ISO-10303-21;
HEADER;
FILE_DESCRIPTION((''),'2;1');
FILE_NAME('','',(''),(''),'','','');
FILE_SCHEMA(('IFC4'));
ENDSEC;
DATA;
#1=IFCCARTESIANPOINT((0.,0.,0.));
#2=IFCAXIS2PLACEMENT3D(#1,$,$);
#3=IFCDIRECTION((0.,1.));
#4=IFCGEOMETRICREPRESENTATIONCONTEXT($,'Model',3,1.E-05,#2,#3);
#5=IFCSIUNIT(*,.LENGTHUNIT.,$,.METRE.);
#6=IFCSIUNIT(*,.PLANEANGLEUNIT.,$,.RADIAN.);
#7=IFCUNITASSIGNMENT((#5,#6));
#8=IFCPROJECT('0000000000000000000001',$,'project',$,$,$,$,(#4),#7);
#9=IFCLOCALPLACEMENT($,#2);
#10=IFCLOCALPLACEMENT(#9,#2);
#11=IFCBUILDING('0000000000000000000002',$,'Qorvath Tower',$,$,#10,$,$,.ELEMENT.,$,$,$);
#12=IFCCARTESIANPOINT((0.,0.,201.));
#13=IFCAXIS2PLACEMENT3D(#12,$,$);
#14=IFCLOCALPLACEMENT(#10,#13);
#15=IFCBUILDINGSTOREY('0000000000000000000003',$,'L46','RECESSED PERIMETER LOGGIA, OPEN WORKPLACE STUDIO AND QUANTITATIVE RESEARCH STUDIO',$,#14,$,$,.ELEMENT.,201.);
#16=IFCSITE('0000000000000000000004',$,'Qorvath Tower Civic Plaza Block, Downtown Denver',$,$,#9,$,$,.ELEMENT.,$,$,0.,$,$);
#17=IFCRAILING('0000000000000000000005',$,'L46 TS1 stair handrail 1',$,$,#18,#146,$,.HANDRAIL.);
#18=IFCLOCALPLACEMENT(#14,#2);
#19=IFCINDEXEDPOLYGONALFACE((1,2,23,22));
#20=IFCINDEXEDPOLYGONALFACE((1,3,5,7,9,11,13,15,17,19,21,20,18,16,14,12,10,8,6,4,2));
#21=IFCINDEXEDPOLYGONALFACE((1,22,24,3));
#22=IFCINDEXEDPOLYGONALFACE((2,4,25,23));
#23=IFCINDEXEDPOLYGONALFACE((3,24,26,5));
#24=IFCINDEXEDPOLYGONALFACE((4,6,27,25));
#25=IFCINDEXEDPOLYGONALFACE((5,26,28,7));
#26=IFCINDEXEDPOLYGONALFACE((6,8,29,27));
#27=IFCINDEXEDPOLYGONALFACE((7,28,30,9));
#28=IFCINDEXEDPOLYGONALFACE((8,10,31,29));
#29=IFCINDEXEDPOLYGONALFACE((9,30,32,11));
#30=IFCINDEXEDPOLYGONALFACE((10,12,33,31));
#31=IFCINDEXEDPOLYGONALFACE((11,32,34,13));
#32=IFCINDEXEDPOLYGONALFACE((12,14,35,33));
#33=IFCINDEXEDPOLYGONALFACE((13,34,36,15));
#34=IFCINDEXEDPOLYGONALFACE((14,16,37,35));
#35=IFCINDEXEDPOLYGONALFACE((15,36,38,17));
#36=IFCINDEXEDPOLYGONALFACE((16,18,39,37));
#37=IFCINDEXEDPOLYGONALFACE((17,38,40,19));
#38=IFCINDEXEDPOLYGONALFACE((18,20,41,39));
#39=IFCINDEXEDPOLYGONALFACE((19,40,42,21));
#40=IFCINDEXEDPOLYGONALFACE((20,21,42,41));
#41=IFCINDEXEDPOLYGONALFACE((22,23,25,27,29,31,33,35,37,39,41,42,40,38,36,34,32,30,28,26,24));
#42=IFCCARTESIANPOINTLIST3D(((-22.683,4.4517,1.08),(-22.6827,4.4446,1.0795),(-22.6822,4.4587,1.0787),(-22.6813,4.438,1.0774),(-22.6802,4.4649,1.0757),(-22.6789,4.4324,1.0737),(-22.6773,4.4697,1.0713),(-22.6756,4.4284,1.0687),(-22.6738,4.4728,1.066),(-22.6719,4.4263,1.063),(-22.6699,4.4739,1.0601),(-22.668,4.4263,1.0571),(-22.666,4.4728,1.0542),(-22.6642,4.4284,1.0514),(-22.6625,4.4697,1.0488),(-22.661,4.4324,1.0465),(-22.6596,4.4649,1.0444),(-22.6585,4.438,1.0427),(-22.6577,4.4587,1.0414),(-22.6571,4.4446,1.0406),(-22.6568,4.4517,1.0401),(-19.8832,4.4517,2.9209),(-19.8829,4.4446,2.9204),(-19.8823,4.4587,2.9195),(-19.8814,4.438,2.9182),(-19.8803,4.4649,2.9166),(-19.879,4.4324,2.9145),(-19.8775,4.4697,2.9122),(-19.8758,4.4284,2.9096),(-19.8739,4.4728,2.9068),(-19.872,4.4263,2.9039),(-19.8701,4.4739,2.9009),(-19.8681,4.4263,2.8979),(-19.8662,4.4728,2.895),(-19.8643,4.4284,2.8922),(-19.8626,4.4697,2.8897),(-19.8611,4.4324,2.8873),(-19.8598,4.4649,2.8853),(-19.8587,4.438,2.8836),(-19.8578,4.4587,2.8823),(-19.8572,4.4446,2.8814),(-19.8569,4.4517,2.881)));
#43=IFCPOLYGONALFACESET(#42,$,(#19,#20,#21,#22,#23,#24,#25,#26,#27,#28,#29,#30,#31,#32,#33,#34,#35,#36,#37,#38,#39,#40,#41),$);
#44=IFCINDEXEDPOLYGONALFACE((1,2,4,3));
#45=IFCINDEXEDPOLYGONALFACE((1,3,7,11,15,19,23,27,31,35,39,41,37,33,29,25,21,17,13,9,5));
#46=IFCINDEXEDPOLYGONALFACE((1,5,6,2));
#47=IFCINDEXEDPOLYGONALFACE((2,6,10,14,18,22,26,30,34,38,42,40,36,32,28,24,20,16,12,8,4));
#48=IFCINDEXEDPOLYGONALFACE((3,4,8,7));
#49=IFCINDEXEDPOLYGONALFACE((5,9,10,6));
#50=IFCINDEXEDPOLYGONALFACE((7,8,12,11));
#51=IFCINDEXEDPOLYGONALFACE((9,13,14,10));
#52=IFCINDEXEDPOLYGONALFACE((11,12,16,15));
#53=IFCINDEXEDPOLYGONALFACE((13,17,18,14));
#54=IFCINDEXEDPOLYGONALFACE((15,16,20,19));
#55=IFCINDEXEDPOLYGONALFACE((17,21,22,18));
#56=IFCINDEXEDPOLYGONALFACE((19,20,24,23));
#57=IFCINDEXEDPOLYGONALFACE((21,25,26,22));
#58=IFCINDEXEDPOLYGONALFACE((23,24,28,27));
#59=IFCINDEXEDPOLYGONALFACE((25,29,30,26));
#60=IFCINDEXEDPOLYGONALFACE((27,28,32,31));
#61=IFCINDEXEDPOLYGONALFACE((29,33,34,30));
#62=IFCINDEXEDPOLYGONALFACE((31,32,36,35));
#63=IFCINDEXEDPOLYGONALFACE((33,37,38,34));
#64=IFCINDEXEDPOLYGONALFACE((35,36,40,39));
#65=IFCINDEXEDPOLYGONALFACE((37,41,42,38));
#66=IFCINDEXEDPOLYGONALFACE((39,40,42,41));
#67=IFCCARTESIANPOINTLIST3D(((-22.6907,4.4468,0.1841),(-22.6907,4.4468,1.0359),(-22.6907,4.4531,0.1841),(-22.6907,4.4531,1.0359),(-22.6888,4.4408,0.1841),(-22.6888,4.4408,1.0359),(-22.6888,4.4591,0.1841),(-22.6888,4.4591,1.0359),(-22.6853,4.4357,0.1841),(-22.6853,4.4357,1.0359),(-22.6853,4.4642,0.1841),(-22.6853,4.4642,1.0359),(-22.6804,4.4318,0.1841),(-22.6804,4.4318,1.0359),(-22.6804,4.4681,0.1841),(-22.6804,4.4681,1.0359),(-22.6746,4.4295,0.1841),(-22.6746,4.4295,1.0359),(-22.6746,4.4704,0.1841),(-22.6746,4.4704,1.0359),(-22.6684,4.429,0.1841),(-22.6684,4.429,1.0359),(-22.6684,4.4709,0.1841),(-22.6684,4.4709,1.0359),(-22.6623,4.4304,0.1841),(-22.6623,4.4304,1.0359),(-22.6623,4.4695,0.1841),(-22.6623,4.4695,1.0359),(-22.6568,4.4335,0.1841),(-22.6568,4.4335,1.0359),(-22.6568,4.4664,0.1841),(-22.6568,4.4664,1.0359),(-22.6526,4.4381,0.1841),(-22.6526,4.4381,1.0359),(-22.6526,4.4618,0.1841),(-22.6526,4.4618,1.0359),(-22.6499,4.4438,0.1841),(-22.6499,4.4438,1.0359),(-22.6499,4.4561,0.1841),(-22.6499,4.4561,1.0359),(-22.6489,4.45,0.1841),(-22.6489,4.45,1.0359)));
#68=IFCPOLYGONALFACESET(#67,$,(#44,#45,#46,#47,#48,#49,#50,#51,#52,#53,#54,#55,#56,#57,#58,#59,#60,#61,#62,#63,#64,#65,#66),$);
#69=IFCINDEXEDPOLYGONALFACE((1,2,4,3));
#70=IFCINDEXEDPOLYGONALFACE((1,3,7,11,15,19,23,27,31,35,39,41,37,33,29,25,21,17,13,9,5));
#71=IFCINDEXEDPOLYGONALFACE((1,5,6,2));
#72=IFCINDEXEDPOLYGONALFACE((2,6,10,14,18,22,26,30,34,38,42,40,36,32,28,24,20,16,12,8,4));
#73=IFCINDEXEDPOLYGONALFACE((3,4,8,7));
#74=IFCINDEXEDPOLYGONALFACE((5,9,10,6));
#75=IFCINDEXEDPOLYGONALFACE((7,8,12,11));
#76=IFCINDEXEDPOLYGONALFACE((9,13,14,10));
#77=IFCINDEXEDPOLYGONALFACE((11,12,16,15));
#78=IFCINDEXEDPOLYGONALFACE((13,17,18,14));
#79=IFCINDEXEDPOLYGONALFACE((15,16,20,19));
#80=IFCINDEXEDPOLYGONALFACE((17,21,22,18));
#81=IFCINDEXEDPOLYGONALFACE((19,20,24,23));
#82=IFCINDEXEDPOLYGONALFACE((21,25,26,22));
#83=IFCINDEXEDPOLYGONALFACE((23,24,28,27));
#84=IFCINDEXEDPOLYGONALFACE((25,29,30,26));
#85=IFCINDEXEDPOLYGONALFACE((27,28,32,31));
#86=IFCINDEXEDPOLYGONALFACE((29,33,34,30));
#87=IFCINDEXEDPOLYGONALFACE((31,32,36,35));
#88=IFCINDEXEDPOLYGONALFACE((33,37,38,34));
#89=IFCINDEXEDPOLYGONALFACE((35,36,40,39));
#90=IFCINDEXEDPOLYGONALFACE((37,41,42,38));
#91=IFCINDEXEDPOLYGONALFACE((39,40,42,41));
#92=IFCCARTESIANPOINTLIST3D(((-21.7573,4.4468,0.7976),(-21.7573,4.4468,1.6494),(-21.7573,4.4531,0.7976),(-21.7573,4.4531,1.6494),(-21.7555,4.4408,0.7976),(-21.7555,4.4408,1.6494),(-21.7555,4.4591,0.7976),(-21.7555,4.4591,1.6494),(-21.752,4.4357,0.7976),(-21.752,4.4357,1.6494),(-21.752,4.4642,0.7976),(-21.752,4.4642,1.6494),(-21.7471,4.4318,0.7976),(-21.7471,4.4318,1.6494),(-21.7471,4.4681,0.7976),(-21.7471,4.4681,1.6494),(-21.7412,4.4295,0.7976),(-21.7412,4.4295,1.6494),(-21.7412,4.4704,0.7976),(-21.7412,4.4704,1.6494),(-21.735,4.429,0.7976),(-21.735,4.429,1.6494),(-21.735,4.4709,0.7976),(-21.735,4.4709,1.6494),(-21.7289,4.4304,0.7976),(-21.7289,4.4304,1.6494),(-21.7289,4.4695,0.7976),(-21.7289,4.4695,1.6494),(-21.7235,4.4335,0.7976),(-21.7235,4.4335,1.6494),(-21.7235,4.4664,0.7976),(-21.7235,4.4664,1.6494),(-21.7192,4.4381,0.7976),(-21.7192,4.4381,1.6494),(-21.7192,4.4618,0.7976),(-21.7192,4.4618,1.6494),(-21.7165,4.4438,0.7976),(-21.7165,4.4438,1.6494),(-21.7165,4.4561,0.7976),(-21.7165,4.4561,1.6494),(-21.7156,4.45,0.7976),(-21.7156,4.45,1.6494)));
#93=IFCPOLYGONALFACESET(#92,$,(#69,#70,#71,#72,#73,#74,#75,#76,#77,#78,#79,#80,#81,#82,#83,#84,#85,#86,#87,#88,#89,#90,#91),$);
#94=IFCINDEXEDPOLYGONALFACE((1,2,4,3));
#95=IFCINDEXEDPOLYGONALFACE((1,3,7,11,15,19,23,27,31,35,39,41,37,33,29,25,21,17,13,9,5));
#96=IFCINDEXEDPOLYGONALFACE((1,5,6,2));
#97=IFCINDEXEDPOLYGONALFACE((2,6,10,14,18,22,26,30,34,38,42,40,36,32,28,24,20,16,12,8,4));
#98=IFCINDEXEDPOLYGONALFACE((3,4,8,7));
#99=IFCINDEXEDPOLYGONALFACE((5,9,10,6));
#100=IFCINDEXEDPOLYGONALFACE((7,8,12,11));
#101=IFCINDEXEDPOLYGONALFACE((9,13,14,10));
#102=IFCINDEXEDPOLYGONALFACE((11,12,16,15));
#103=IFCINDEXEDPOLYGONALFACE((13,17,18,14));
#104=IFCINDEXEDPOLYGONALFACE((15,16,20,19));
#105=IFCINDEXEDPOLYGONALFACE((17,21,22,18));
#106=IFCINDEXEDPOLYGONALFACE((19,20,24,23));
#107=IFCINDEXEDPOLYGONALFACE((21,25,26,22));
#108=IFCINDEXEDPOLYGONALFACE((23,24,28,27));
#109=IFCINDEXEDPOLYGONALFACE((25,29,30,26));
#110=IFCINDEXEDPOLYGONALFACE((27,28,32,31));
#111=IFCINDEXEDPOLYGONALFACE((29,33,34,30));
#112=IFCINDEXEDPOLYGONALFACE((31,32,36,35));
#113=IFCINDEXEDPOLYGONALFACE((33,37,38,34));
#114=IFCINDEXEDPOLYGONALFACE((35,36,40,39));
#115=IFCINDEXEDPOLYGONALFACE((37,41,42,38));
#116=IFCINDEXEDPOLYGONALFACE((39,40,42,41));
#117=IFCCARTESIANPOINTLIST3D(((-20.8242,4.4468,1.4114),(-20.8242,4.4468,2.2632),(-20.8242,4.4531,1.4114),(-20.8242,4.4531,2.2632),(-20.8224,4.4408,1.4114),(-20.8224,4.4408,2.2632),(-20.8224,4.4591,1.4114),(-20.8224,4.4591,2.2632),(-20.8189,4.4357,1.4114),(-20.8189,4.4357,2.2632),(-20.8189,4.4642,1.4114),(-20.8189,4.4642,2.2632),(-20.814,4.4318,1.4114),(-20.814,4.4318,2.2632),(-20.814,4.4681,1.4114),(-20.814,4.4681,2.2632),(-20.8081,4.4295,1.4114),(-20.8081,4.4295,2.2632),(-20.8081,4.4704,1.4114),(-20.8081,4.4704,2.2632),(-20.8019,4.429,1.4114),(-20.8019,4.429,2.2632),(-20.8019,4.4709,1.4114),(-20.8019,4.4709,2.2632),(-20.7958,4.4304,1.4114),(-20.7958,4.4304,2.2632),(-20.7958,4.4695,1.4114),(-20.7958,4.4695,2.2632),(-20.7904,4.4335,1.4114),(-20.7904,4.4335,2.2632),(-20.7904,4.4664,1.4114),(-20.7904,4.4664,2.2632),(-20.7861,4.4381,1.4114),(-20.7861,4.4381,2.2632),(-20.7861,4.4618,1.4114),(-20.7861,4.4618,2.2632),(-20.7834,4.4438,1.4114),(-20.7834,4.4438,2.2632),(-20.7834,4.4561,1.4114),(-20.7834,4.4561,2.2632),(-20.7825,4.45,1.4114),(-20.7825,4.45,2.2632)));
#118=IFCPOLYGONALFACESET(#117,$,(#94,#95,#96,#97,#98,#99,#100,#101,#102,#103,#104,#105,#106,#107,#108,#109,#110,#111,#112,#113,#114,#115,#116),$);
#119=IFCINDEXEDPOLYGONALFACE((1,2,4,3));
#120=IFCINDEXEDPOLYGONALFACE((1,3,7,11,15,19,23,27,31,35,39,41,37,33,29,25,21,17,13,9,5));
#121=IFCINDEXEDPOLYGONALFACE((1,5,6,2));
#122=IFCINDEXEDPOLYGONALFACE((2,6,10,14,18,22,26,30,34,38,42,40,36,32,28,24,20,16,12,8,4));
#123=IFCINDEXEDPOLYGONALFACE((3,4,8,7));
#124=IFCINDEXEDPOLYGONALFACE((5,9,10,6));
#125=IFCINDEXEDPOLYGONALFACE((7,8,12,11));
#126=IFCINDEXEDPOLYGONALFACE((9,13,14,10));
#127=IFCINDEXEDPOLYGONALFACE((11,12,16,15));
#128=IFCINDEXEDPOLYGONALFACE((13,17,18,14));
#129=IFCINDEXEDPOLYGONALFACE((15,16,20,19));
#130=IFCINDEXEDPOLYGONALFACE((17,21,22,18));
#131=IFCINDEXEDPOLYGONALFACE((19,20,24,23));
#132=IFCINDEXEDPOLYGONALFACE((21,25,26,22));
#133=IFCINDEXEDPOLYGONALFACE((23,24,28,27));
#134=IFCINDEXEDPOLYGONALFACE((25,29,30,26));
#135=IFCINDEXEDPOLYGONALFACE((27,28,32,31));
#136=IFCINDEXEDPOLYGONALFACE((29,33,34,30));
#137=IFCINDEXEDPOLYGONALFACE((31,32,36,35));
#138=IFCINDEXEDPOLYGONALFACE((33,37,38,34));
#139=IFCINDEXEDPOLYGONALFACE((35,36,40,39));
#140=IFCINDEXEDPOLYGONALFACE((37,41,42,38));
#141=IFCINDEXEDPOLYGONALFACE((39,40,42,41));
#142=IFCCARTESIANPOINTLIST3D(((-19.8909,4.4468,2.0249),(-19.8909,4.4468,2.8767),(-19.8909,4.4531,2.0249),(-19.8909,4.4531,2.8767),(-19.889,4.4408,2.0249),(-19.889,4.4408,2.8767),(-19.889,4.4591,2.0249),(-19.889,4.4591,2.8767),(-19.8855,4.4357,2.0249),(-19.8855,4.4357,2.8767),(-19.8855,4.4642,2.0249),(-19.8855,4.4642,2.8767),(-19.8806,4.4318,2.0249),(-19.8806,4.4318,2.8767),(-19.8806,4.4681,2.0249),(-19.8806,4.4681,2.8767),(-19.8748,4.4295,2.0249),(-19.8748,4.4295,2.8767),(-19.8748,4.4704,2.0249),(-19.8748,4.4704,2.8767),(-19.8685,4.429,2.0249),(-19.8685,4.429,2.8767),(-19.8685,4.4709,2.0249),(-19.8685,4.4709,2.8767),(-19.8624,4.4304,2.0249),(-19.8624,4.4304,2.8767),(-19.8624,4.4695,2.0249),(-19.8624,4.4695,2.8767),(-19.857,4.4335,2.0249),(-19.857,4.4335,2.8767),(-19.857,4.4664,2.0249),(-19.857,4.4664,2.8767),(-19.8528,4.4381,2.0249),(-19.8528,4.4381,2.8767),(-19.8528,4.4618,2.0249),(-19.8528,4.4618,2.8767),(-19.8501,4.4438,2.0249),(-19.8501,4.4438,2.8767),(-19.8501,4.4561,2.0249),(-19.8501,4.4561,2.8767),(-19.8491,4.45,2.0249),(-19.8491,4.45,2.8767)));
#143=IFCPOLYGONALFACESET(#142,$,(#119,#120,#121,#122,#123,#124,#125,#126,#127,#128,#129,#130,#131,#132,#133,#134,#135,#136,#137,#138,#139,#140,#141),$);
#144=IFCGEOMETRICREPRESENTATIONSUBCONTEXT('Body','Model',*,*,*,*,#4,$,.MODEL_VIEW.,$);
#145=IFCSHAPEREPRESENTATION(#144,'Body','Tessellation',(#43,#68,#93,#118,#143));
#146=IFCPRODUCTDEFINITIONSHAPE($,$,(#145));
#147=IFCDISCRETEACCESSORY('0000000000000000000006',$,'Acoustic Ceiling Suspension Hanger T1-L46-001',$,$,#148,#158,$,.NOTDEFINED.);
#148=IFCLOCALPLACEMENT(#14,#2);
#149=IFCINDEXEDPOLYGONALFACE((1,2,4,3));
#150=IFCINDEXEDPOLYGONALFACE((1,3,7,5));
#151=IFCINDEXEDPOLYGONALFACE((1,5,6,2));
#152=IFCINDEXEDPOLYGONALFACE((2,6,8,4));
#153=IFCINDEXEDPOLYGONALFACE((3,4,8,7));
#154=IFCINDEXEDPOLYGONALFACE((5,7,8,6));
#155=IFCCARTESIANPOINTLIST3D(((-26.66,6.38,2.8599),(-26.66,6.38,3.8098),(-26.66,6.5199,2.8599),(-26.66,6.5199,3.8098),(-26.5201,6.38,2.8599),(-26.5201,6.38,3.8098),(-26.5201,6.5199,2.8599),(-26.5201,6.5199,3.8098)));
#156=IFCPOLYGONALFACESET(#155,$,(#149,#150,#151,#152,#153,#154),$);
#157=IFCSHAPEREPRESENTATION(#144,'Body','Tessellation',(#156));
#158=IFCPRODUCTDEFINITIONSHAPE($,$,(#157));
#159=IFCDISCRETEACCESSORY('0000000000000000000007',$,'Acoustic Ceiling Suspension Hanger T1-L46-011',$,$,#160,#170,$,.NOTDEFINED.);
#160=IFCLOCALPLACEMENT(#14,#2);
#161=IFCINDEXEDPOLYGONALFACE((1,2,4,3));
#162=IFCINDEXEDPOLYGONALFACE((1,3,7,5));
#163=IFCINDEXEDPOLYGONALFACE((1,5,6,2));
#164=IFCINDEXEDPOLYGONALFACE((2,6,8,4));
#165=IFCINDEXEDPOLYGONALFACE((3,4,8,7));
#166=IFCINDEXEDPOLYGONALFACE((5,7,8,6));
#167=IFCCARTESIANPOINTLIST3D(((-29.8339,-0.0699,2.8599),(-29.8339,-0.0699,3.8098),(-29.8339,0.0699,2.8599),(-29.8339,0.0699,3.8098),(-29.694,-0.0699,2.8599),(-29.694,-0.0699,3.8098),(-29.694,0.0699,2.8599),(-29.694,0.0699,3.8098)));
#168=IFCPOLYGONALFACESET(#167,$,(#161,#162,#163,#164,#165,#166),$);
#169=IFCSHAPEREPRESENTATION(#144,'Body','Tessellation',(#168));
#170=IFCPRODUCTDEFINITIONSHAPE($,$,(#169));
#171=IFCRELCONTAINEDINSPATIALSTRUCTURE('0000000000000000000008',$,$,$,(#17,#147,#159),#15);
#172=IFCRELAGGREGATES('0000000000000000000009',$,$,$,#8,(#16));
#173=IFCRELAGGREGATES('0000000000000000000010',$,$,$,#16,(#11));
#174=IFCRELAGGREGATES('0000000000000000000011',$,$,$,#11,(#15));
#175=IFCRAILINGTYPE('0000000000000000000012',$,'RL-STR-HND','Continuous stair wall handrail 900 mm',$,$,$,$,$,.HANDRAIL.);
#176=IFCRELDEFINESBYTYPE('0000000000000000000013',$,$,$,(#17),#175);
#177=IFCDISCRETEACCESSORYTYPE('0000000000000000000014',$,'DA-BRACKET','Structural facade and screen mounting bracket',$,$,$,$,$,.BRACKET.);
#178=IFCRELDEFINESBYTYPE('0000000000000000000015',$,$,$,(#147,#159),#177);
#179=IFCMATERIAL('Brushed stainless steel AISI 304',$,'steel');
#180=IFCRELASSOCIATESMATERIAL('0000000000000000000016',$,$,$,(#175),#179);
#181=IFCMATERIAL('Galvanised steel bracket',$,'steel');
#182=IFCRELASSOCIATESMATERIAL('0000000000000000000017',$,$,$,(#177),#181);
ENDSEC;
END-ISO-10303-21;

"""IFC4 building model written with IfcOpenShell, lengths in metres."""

from ifc_helpers import new_model, si_unit, direction, frame, origin, origin_2d, place, context, subcontext, project, spatial, rectangle, circle, extrude, material, type_object, element, save


model = new_model("IFC4")

# Units and contexts
model_context = context("Model", 3, precision=1e-05, world=origin(), true_north=direction((0.0, 1.0)))
body_context = subcontext(model_context, "Body", "Model", "MODEL_VIEW")
ifc_project = project(units=[si_unit("LENGTHUNIT", "METRE"), si_unit("PLANEANGLEUNIT", "RADIAN")], contexts=[model_context])

# Site, building, storey
site_placement = place(None, origin())
site = spatial("IfcSite", under=ifc_project, at=site_placement, Name="Qorvath Tower Civic Plaza Block, Downtown Denver", CompositionType="ELEMENT", RefElevation=0.0)
building_placement = place(site_placement, origin())
building = spatial("IfcBuilding", under=site, at=building_placement, Name="Qorvath Tower", CompositionType="ELEMENT")
storey_placement = place(building_placement, frame((0.0, 0.0, 201.0)))
storey = spatial("IfcBuildingStorey", under=building, at=storey_placement, Name="L46", Description="RECESSED PERIMETER LOGGIA, OPEN WORKPLACE STUDIO AND QUANTITATIVE RESEARCH STUDIO", CompositionType="ELEMENT", Elevation=201.0)

# Railing
ifc_material_1 = material(Name="Brushed stainless steel AISI 304", Category="steel")
railing_type_1 = type_object("IfcRailingType", Name="RL-STR-HND", Description="Continuous stair wall handrail 900 mm", PredefinedType="HANDRAIL", material=ifc_material_1)
railing_1_placement = place(storey_placement, frame((-22.6699, 4.45, 0.1841)))
element("IfcRailing", 1, at=railing_1_placement, inside=storey, type_object=railing_type_1, Name="L46 TS1 stair handrail 1", PredefinedType="HANDRAIL", context=body_context, shape_type="SweptSolid", body=[
    extrude(circle(Radius=0.0239, at=origin_2d()), frame((0.0, 0.0, 0.876), z_axis=(0.835576, 0.0, 0.549376), x_axis=(0.0, 1.0, 0.0)), (0.0, 0.0, 1.0), 3.3508),
    extrude(circle(Radius=0.021, at=origin_2d()), origin(), (0.0, 0.0, 1.0), 0.8518),
    extrude(circle(Radius=0.021, at=origin_2d()), frame((0.9333, 0.0, 0.6135)), (0.0, 0.0, 1.0), 0.8518),
    extrude(circle(Radius=0.021, at=origin_2d()), frame((1.8665, 0.0, 1.2273)), (0.0, 0.0, 1.0), 0.8518),
    extrude(circle(Radius=0.021, at=origin_2d()), frame((2.7998, 0.0, 1.8408)), (0.0, 0.0, 1.0), 0.8518),
])

# Discrete accessories
ifc_material_2 = material(Name="Galvanised steel bracket", Category="steel")
discrete_accessory_type = type_object("IfcDiscreteAccessoryType", Name="DA-BRACKET", Description="Structural facade and screen mounting bracket", PredefinedType="BRACKET", material=ifc_material_2)
for number, where, z_axis, x_axis, name in (
    (2, (-26.5901, 6.45, 2.8599), (0.0, 0.0, 1.0), (1.0, 0.0, 0.0), "Acoustic Ceiling Suspension Hanger T1-L46-001"),
    (3, (-29.7639, 0.0, 2.8599), (0.0, 0.0, 1.0), (1.0, 0.0, 0.0), "Acoustic Ceiling Suspension Hanger T1-L46-011"),
):
    element("IfcDiscreteAccessory", number, at=place(storey_placement, frame(where, z_axis=z_axis, x_axis=x_axis)), inside=storey, type_object=discrete_accessory_type, Name=name, PredefinedType="NOTDEFINED", context=body_context, shape_type="SweptSolid", body=[
        extrude(rectangle(XDim=0.1399, YDim=0.1399, at=origin_2d()), origin(), (0.0, 0.0, 1.0), 0.95),
    ])

save(model, "model.ifc")
